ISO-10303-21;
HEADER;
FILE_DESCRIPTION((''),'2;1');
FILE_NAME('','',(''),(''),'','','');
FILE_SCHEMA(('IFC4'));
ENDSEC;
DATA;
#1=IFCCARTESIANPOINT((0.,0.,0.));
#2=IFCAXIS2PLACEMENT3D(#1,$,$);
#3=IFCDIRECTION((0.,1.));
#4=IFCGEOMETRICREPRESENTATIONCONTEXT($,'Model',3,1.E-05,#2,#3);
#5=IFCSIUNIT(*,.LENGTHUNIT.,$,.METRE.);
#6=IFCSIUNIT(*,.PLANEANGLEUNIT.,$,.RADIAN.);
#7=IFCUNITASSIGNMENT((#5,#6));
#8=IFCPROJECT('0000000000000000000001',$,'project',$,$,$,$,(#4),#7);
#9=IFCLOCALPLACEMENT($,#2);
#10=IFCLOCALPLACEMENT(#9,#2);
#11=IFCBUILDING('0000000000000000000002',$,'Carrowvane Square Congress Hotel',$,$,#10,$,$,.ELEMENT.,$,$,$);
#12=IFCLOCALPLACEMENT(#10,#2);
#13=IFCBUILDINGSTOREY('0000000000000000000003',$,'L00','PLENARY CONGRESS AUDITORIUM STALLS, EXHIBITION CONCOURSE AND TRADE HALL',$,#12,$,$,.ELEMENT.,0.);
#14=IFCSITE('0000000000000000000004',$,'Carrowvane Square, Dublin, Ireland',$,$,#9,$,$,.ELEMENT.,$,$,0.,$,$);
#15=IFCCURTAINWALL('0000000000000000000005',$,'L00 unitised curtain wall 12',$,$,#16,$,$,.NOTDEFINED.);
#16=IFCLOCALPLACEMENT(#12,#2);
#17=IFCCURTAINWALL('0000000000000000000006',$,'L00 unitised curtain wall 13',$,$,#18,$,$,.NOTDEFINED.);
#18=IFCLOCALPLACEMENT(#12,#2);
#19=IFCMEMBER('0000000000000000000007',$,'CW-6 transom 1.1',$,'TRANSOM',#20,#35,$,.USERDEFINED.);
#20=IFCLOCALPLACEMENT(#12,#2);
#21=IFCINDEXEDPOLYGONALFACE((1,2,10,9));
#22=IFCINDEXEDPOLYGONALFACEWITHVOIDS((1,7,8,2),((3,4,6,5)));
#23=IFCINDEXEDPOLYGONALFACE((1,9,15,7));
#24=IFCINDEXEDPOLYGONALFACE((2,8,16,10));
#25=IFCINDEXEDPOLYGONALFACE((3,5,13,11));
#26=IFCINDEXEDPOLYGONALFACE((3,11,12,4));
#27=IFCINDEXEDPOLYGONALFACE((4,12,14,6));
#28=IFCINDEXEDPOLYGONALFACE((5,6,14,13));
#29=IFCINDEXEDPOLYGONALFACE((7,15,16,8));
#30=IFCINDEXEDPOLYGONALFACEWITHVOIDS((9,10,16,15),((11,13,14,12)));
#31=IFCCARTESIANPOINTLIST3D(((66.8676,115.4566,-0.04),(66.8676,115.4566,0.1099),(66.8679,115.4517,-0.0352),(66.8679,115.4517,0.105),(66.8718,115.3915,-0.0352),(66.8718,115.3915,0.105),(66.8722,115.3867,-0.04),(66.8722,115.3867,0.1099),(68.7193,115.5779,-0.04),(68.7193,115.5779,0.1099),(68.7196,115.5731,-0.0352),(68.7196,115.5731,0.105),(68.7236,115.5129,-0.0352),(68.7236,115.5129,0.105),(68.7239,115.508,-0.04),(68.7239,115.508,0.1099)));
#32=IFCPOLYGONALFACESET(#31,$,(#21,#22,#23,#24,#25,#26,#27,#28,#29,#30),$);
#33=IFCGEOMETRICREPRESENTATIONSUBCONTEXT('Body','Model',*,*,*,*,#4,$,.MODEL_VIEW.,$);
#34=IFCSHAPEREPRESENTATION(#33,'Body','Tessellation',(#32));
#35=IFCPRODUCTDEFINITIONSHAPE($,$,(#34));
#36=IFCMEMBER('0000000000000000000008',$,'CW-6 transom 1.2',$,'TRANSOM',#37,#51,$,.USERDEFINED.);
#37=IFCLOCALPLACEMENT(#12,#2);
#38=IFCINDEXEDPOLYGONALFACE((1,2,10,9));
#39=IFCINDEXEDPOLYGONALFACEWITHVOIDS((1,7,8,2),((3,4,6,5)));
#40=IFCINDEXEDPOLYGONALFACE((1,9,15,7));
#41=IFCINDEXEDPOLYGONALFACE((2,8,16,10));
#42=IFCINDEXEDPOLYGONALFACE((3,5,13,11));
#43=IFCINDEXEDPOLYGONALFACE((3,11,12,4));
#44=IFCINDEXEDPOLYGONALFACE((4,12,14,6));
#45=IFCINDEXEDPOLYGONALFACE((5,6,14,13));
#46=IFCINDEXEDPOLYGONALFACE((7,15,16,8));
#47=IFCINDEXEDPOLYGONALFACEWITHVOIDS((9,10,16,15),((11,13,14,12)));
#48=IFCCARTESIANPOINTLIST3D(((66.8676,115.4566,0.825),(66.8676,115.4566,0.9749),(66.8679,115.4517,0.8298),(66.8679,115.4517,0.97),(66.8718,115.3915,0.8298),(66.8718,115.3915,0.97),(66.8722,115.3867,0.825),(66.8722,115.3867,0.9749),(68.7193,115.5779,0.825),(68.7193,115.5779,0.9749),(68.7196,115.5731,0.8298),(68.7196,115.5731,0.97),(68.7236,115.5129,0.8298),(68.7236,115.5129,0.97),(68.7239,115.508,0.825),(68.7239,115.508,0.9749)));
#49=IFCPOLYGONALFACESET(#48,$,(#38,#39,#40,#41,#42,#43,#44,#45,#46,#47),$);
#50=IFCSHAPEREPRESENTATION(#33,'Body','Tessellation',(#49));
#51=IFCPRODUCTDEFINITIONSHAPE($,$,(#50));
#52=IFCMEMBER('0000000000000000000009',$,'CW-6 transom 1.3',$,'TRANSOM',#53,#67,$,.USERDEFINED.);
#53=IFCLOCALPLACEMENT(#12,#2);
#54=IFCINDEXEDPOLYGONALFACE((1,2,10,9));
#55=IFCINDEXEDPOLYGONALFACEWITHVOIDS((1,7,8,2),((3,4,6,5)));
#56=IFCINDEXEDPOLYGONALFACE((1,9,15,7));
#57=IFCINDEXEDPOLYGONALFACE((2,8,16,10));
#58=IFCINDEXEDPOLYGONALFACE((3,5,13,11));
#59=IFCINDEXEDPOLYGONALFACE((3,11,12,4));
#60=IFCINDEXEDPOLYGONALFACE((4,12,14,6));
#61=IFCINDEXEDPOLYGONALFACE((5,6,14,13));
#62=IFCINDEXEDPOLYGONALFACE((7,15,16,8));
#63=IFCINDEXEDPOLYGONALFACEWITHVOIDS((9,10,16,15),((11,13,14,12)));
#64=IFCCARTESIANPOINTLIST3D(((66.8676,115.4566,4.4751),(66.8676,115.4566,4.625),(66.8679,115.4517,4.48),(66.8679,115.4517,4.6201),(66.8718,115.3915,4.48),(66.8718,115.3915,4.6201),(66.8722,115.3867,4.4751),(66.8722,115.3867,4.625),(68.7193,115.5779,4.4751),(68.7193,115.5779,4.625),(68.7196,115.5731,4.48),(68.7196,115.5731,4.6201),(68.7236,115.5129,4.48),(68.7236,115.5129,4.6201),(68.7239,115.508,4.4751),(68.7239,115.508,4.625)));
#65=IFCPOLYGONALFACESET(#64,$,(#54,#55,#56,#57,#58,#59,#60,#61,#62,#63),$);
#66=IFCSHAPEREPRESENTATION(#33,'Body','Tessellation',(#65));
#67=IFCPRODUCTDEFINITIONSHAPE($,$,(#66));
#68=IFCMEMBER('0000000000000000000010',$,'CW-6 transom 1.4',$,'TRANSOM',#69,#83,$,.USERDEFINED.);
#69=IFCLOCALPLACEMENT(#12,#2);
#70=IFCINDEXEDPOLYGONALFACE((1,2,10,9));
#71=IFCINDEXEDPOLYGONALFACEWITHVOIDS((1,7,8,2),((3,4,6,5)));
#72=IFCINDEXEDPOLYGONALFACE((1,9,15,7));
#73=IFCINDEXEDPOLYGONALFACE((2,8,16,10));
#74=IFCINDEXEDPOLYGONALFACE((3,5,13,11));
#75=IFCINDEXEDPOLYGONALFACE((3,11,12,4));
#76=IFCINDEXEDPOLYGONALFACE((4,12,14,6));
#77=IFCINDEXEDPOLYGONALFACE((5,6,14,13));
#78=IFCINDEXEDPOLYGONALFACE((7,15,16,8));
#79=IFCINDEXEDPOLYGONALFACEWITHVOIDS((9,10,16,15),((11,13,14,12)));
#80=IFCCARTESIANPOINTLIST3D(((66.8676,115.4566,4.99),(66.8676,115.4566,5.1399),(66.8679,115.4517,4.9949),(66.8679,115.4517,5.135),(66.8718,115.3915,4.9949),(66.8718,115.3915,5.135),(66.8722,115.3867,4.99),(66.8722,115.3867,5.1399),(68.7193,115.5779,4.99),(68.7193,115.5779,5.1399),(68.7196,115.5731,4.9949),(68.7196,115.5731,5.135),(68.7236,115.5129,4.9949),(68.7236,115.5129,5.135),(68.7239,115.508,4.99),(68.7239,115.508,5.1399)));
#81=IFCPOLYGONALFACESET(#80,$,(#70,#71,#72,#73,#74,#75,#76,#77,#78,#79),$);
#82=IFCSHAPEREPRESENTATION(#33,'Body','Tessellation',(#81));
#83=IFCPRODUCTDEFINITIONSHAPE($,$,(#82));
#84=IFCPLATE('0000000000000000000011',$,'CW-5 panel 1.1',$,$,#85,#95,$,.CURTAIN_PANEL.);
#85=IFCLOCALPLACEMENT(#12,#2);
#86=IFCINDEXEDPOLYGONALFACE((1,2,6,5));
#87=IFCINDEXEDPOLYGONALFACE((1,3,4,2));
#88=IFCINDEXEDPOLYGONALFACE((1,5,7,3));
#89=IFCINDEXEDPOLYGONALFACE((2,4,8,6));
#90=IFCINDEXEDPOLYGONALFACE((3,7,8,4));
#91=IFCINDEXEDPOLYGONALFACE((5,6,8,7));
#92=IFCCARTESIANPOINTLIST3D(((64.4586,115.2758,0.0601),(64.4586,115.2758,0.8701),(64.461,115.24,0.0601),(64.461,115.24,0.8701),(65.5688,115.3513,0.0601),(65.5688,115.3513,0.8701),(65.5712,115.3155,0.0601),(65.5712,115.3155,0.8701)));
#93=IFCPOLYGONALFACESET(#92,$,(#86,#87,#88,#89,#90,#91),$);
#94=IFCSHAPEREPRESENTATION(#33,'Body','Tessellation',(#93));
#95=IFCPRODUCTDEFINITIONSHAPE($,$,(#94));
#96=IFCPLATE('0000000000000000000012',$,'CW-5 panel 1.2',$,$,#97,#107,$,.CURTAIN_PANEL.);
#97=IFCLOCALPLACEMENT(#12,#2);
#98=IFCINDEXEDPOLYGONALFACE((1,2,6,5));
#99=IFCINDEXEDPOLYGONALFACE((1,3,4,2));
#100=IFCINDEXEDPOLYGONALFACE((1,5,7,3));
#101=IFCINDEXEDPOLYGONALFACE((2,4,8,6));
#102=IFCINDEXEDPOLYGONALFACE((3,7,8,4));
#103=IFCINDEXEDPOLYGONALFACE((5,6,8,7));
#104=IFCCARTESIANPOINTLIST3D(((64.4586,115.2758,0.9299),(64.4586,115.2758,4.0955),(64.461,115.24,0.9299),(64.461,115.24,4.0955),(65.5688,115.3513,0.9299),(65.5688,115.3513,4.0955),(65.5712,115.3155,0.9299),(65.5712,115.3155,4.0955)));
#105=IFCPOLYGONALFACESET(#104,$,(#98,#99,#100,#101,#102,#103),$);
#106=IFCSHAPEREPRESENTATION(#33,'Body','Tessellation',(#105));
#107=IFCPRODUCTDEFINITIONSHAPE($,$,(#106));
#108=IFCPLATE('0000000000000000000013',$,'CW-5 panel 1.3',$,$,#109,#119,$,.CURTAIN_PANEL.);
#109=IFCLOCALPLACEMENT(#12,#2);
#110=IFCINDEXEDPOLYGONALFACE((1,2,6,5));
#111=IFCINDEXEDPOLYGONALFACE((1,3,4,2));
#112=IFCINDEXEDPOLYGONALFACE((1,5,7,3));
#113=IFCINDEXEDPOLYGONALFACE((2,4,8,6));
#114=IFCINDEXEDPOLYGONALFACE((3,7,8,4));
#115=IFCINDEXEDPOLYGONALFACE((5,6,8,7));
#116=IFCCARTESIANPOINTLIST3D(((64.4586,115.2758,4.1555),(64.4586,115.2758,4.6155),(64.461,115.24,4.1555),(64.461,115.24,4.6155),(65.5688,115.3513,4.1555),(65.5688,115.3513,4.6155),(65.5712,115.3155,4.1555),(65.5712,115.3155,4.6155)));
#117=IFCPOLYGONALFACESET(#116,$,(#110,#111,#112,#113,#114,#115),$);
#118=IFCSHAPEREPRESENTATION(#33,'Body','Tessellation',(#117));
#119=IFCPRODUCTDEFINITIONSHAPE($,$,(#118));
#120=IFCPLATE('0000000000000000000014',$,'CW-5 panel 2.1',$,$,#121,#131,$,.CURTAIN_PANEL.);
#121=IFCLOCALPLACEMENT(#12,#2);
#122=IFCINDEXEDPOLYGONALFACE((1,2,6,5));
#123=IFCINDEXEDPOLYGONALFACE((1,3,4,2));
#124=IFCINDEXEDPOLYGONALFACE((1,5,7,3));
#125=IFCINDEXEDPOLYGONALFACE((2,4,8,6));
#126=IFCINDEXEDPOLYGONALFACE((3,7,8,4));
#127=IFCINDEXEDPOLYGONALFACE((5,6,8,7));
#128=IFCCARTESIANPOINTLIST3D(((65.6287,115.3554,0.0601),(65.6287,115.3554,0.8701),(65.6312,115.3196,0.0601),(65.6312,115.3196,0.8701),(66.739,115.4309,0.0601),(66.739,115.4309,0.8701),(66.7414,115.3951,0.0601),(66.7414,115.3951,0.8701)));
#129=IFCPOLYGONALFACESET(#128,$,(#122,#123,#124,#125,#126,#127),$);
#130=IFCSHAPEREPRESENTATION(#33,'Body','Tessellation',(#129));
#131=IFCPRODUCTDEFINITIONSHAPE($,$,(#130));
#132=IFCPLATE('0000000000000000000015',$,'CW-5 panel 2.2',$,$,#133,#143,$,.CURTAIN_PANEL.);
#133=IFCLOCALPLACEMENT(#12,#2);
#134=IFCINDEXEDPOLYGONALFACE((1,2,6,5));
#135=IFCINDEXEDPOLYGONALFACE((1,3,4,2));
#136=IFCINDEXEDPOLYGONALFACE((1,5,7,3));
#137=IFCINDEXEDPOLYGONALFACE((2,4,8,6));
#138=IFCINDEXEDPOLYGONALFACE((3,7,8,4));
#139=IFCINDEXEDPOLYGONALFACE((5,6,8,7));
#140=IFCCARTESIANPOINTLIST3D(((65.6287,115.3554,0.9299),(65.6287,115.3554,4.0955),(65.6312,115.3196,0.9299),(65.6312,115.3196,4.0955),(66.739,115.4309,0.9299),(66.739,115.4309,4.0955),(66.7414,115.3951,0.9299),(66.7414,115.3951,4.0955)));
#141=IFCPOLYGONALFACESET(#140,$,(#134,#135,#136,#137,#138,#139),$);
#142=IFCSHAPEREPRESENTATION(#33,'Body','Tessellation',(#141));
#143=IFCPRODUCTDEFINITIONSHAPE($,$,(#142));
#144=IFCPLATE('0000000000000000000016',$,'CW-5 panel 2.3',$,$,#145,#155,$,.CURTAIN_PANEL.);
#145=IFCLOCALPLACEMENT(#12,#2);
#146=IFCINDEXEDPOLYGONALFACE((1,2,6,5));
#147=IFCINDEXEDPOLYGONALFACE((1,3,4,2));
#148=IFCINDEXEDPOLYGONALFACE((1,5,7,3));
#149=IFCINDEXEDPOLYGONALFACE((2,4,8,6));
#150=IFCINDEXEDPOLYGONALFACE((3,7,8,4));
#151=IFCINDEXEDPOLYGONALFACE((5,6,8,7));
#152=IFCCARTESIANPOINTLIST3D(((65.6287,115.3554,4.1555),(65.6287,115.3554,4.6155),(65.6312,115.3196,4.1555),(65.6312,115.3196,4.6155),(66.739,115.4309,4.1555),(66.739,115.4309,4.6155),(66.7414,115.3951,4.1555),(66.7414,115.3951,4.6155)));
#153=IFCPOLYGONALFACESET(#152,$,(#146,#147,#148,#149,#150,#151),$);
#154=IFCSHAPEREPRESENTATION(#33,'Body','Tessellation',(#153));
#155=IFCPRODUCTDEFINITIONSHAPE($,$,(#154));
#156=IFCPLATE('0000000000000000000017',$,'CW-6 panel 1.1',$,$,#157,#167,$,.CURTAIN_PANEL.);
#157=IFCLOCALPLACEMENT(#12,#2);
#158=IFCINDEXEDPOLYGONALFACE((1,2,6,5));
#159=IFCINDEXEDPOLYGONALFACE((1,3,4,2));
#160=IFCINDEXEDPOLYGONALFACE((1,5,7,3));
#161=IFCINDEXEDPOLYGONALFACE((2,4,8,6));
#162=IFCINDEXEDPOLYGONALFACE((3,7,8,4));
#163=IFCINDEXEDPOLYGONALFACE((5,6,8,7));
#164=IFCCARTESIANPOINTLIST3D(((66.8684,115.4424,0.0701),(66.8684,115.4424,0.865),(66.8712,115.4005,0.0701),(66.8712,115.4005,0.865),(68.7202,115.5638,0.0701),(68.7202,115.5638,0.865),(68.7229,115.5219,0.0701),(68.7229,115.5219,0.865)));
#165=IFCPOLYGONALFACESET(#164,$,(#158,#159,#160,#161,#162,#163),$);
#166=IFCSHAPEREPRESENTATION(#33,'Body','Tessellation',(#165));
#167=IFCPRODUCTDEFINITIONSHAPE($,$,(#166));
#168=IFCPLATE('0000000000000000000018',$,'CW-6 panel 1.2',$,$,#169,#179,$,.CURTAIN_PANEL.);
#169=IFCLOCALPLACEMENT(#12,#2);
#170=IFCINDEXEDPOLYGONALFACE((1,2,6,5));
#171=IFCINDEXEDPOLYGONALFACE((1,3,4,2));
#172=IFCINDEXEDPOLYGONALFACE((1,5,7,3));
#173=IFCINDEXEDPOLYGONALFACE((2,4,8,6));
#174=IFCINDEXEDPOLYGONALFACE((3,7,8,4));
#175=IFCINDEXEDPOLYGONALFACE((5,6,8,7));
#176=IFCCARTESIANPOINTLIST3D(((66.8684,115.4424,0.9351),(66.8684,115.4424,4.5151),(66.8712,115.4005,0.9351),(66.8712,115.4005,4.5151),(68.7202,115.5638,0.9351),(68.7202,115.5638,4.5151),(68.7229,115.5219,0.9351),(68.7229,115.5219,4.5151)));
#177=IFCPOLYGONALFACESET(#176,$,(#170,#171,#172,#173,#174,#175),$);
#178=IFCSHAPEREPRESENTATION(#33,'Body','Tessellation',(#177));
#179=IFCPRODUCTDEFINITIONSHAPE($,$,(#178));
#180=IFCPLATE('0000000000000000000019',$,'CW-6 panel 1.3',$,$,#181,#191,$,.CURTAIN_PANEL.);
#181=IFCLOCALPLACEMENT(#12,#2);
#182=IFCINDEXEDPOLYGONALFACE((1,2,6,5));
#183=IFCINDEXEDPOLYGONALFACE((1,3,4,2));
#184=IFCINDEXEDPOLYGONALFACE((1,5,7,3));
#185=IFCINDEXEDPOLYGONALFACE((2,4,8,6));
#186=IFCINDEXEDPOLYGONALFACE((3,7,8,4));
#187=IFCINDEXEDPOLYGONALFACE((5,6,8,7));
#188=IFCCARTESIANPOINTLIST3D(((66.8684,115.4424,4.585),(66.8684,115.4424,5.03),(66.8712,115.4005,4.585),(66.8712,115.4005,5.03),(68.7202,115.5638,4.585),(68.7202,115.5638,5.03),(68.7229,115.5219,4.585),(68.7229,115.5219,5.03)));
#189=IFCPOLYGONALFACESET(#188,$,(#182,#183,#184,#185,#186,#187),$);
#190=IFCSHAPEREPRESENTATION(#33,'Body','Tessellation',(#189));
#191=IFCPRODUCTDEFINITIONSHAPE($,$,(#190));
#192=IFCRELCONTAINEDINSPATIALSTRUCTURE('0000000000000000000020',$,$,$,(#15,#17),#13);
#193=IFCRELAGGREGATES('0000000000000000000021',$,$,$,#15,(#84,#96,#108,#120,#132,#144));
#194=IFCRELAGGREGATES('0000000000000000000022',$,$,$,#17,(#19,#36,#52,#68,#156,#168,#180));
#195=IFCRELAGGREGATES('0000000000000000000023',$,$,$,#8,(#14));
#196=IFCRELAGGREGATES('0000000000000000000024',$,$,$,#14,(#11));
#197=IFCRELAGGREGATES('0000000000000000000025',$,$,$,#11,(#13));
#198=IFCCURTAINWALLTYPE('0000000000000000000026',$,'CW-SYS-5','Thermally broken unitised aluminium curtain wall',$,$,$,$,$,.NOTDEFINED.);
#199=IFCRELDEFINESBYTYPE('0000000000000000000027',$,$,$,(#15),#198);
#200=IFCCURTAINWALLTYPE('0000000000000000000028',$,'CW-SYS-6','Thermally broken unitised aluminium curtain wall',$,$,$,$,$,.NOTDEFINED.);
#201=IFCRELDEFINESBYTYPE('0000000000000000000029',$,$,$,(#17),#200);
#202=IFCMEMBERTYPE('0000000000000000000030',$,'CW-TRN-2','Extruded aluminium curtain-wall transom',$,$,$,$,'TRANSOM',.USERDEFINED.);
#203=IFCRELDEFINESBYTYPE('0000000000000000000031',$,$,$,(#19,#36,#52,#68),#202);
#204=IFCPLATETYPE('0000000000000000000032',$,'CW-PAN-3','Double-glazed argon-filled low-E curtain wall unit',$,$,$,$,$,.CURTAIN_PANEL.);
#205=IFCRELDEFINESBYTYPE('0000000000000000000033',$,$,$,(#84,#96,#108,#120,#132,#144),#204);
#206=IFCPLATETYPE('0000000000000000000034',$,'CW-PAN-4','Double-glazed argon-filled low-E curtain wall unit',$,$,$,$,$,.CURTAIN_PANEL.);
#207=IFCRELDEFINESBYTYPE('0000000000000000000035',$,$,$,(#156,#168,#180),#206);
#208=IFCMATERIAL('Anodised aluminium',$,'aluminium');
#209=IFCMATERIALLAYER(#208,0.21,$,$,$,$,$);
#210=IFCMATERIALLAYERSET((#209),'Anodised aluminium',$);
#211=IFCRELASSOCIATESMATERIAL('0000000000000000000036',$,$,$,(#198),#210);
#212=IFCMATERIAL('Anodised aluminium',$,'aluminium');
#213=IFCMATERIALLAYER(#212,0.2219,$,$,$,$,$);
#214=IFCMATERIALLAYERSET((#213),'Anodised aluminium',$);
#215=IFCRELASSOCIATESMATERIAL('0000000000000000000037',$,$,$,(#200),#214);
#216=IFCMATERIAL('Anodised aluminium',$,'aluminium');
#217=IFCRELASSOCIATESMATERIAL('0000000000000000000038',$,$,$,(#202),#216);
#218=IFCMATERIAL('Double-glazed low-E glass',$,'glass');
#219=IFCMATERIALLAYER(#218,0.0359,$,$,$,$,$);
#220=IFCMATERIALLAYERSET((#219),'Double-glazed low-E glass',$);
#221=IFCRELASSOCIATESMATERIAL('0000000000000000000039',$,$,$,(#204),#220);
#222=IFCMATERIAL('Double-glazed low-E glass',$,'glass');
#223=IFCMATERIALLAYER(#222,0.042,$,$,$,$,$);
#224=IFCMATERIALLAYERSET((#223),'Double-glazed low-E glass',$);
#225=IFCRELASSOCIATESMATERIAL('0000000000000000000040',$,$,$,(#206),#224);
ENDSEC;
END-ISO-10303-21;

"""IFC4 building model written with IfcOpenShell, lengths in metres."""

from ifc_helpers import new_model, si_unit, direction, frame, origin, origin_2d, place, context, subcontext, project, spatial, rectangle, hollow_rectangle, extrude, material, layer, layer_set, material_profile, profile_set, type_object, element, aggregate, save


model = new_model("IFC4")

# Units and contexts
model_context = context("Model", 3, precision=1e-05, world=origin(), true_north=direction((0.0, 1.0)))
body_context = subcontext(model_context, "Body", "Model", "MODEL_VIEW")
ifc_project = project(units=[si_unit("LENGTHUNIT", "METRE"), si_unit("PLANEANGLEUNIT", "RADIAN")], contexts=[model_context])

# Site, building, storey
site_placement = place(None, origin())
site = spatial("IfcSite", under=ifc_project, at=site_placement, Name="Carrowvane Square, Dublin, Ireland", CompositionType="ELEMENT", RefElevation=0.0)
building_placement = place(site_placement, origin())
building = spatial("IfcBuilding", under=site, at=building_placement, Name="Carrowvane Square Congress Hotel", CompositionType="ELEMENT")
storey_placement = place(building_placement, origin())
storey = spatial("IfcBuildingStorey", under=building, at=storey_placement, Name="L00", Description="PLENARY CONGRESS AUDITORIUM STALLS, EXHIBITION CONCOURSE AND TRADE HALL", CompositionType="ELEMENT", Elevation=0.0)

# Curtain walls
ifc_material_1 = material(Name="Anodised aluminium", Category="aluminium")
ifc_layer_1 = layer(ifc_material_1, 0.21)
ifc_layer_set_1 = layer_set([ifc_layer_1], Name="Anodised aluminium")
curtain_wall_type_1 = type_object("IfcCurtainWallType", Name="CW-SYS-5", Description="Thermally broken unitised aluminium curtain wall", PredefinedType="NOTDEFINED", material=ifc_layer_set_1)
curtain_wall_1_placement = place(storey_placement, origin())
curtain_wall_1 = element("IfcCurtainWall", 1, at=curtain_wall_1_placement, inside=storey, type_object=curtain_wall_type_1, Name="L00 unitised curtain wall 12", PredefinedType="NOTDEFINED")
ifc_material_2 = material(Name="Anodised aluminium", Category="aluminium")
ifc_layer_2 = layer(ifc_material_2, 0.2219)
ifc_layer_set_2 = layer_set([ifc_layer_2], Name="Anodised aluminium")
curtain_wall_type_2 = type_object("IfcCurtainWallType", Name="CW-SYS-6", Description="Thermally broken unitised aluminium curtain wall", PredefinedType="NOTDEFINED", material=ifc_layer_set_2)
curtain_wall_2_placement = place(storey_placement, origin())
curtain_wall_2 = element("IfcCurtainWall", 2, at=curtain_wall_2_placement, inside=storey, type_object=curtain_wall_type_2, Name="L00 unitised curtain wall 13", PredefinedType="NOTDEFINED")

# Members
ifc_material_3 = material(Name="Anodised aluminium", Category="aluminium")
ifc_material_profile_1 = material_profile(ifc_material_3, hollow_rectangle(XDim=0.0701, YDim=0.1499, WallThickness=0.0049, at=origin_2d()), Name="CW-TR 70x150x5")
ifc_profile_set_1 = profile_set([ifc_material_profile_1], Name="Anodised aluminium")
member_type_1 = type_object("IfcMemberType", Name="CW-TRN-2", Description="Extruded aluminium curtain-wall transom", ElementType="TRANSOM", PredefinedType="USERDEFINED", material=ifc_profile_set_1)
member_1_placement = place(storey_placement, frame((66.8699, 115.4216, 0.0349), z_axis=(0.99786, 0.065384, 0.0), x_axis=(-0.065384, 0.99786, 0.0)))
member_1 = element("IfcMember", 3, at=member_1_placement, type_object=member_type_1, Name="CW-6 transom 1.1", ObjectType="TRANSOM", PredefinedType="USERDEFINED", context=body_context, shape_type="SweptSolid", body=[
    extrude(hollow_rectangle(XDim=0.0701, YDim=0.1499, WallThickness=0.0049, at=origin_2d()), origin(), (0.0, 0.0, 1.0), 1.8557),
])
member_2_placement = place(storey_placement, frame((66.8699, 115.4216, 0.8999), z_axis=(0.99786, 0.065384, 0.0), x_axis=(-0.065384, 0.99786, 0.0)))
member_2 = element("IfcMember", 4, at=member_2_placement, type_object=member_type_1, Name="CW-6 transom 1.2", ObjectType="TRANSOM", PredefinedType="USERDEFINED", context=body_context, shape_type="SweptSolid", body=[
    extrude(hollow_rectangle(XDim=0.0701, YDim=0.1499, WallThickness=0.0049, at=origin_2d()), origin(), (0.0, 0.0, 1.0), 1.8557),
])
member_3_placement = place(storey_placement, frame((66.8699, 115.4216, 4.55), z_axis=(0.99786, 0.065384, 0.0), x_axis=(-0.065384, 0.99786, 0.0)))
member_3 = element("IfcMember", 5, at=member_3_placement, type_object=member_type_1, Name="CW-6 transom 1.3", ObjectType="TRANSOM", PredefinedType="USERDEFINED", context=body_context, shape_type="SweptSolid", body=[
    extrude(hollow_rectangle(XDim=0.0701, YDim=0.1499, WallThickness=0.0049, at=origin_2d()), origin(), (0.0, 0.0, 1.0), 1.8557),
])
member_4_placement = place(storey_placement, frame((66.8699, 115.4216, 5.0649), z_axis=(0.99786, 0.065384, 0.0), x_axis=(-0.065384, 0.99786, 0.0)))
member_4 = element("IfcMember", 6, at=member_4_placement, type_object=member_type_1, Name="CW-6 transom 1.4", ObjectType="TRANSOM", PredefinedType="USERDEFINED", context=body_context, shape_type="SweptSolid", body=[
    extrude(hollow_rectangle(XDim=0.0701, YDim=0.1499, WallThickness=0.0049, at=origin_2d()), origin(), (0.0, 0.0, 1.0), 1.8557),
])

# Plates
ifc_material_4 = material(Name="Double-glazed low-E glass", Category="glass")
ifc_layer_3 = layer(ifc_material_4, 0.0359)
ifc_layer_set_3 = layer_set([ifc_layer_3], Name="Double-glazed low-E glass")
plate_type_1 = type_object("IfcPlateType", Name="CW-PAN-3", Description="Double-glazed argon-filled low-E curtain wall unit", PredefinedType="CURTAIN_PANEL", material=ifc_layer_set_3)
plate_1_placement = place(storey_placement, frame((65.0149, 115.2957, 0.0601), z_axis=(0.0, 0.0, 1.0), x_axis=(0.997694, 0.067865, 0.0)))
plate_1 = element("IfcPlate", 7, at=plate_1_placement, type_object=plate_type_1, Name="CW-5 panel 1.1", PredefinedType="CURTAIN_PANEL", context=body_context, shape_type="SweptSolid", body=[
    extrude(rectangle(XDim=1.1128, YDim=0.0359, at=origin_2d()), origin(), (0.0, 0.0, 1.0), 0.8101),
])
plate_2_placement = place(storey_placement, frame((65.0149, 115.2957, 0.9299), z_axis=(0.0, 0.0, 1.0), x_axis=(0.997694, 0.067865, 0.0)))
plate_2 = element("IfcPlate", 8, at=plate_2_placement, type_object=plate_type_1, Name="CW-5 panel 1.2", PredefinedType="CURTAIN_PANEL", context=body_context, shape_type="SweptSolid", body=[
    extrude(rectangle(XDim=1.1128, YDim=0.0359, at=origin_2d()), origin(), (0.0, 0.0, 1.0), 3.1655),
])
plate_3_placement = place(storey_placement, frame((65.0149, 115.2957, 4.1555), z_axis=(0.0, 0.0, 1.0), x_axis=(0.997694, 0.067865, 0.0)))
plate_3 = element("IfcPlate", 9, at=plate_3_placement, type_object=plate_type_1, Name="CW-5 panel 1.3", PredefinedType="CURTAIN_PANEL", context=body_context, shape_type="SweptSolid", body=[
    extrude(rectangle(XDim=1.1128, YDim=0.0359, at=origin_2d()), origin(), (0.0, 0.0, 1.0), 0.46),
])
plate_4_placement = place(storey_placement, frame((66.1851, 115.3752, 0.0601), z_axis=(0.0, 0.0, 1.0), x_axis=(0.997694, 0.067865, 0.0)))
plate_4 = element("IfcPlate", 10, at=plate_4_placement, type_object=plate_type_1, Name="CW-5 panel 2.1", PredefinedType="CURTAIN_PANEL", context=body_context, shape_type="SweptSolid", body=[
    extrude(rectangle(XDim=1.1128, YDim=0.0359, at=origin_2d()), origin(), (0.0, 0.0, 1.0), 0.8101),
])
plate_5_placement = place(storey_placement, frame((66.1851, 115.3752, 0.9299), z_axis=(0.0, 0.0, 1.0), x_axis=(0.997694, 0.067865, 0.0)))
plate_5 = element("IfcPlate", 11, at=plate_5_placement, type_object=plate_type_1, Name="CW-5 panel 2.2", PredefinedType="CURTAIN_PANEL", context=body_context, shape_type="SweptSolid", body=[
    extrude(rectangle(XDim=1.1128, YDim=0.0359, at=origin_2d()), origin(), (0.0, 0.0, 1.0), 3.1655),
])
plate_6_placement = place(storey_placement, frame((66.1851, 115.3752, 4.1555), z_axis=(0.0, 0.0, 1.0), x_axis=(0.997694, 0.067865, 0.0)))
plate_6 = element("IfcPlate", 12, at=plate_6_placement, type_object=plate_type_1, Name="CW-5 panel 2.3", PredefinedType="CURTAIN_PANEL", context=body_context, shape_type="SweptSolid", body=[
    extrude(rectangle(XDim=1.1128, YDim=0.0359, at=origin_2d()), origin(), (0.0, 0.0, 1.0), 0.46),
])
aggregate(curtain_wall_1, [plate_1, plate_2, plate_3, plate_4, plate_5, plate_6])
ifc_material_5 = material(Name="Double-glazed low-E glass", Category="glass")
ifc_layer_4 = layer(ifc_material_5, 0.042)
ifc_layer_set_4 = layer_set([ifc_layer_4], Name="Double-glazed low-E glass")
plate_type_2 = type_object("IfcPlateType", Name="CW-PAN-4", Description="Double-glazed argon-filled low-E curtain wall unit", PredefinedType="CURTAIN_PANEL", material=ifc_layer_set_4)
plate_7_placement = place(storey_placement, frame((67.7957, 115.4822, 0.0701), z_axis=(0.0, 0.0, 1.0), x_axis=(0.997858, 0.065412, 0.0)))
plate_7 = element("IfcPlate", 13, at=plate_7_placement, type_object=plate_type_2, Name="CW-6 panel 1.1", PredefinedType="CURTAIN_PANEL", context=body_context, shape_type="SweptSolid", body=[
    extrude(rectangle(XDim=1.8557, YDim=0.042, at=origin_2d()), origin(), (0.0, 0.0, 1.0), 0.7949),
])
plate_8_placement = place(storey_placement, frame((67.7957, 115.4822, 0.9351), z_axis=(0.0, 0.0, 1.0), x_axis=(0.997858, 0.065412, 0.0)))
plate_8 = element("IfcPlate", 14, at=plate_8_placement, type_object=plate_type_2, Name="CW-6 panel 1.2", PredefinedType="CURTAIN_PANEL", context=body_context, shape_type="SweptSolid", body=[
    extrude(rectangle(XDim=1.8557, YDim=0.042, at=origin_2d()), origin(), (0.0, 0.0, 1.0), 3.5801),
])
plate_9_placement = place(storey_placement, frame((67.7957, 115.4822, 4.585), z_axis=(0.0, 0.0, 1.0), x_axis=(0.997858, 0.065412, 0.0)))
plate_9 = element("IfcPlate", 15, at=plate_9_placement, type_object=plate_type_2, Name="CW-6 panel 1.3", PredefinedType="CURTAIN_PANEL", context=body_context, shape_type="SweptSolid", body=[
    extrude(rectangle(XDim=1.8557, YDim=0.042, at=origin_2d()), origin(), (0.0, 0.0, 1.0), 0.4451),
])
aggregate(curtain_wall_2, [member_1, member_2, member_3, member_4, plate_7, plate_8, plate_9])

save(model, "model.ifc")
